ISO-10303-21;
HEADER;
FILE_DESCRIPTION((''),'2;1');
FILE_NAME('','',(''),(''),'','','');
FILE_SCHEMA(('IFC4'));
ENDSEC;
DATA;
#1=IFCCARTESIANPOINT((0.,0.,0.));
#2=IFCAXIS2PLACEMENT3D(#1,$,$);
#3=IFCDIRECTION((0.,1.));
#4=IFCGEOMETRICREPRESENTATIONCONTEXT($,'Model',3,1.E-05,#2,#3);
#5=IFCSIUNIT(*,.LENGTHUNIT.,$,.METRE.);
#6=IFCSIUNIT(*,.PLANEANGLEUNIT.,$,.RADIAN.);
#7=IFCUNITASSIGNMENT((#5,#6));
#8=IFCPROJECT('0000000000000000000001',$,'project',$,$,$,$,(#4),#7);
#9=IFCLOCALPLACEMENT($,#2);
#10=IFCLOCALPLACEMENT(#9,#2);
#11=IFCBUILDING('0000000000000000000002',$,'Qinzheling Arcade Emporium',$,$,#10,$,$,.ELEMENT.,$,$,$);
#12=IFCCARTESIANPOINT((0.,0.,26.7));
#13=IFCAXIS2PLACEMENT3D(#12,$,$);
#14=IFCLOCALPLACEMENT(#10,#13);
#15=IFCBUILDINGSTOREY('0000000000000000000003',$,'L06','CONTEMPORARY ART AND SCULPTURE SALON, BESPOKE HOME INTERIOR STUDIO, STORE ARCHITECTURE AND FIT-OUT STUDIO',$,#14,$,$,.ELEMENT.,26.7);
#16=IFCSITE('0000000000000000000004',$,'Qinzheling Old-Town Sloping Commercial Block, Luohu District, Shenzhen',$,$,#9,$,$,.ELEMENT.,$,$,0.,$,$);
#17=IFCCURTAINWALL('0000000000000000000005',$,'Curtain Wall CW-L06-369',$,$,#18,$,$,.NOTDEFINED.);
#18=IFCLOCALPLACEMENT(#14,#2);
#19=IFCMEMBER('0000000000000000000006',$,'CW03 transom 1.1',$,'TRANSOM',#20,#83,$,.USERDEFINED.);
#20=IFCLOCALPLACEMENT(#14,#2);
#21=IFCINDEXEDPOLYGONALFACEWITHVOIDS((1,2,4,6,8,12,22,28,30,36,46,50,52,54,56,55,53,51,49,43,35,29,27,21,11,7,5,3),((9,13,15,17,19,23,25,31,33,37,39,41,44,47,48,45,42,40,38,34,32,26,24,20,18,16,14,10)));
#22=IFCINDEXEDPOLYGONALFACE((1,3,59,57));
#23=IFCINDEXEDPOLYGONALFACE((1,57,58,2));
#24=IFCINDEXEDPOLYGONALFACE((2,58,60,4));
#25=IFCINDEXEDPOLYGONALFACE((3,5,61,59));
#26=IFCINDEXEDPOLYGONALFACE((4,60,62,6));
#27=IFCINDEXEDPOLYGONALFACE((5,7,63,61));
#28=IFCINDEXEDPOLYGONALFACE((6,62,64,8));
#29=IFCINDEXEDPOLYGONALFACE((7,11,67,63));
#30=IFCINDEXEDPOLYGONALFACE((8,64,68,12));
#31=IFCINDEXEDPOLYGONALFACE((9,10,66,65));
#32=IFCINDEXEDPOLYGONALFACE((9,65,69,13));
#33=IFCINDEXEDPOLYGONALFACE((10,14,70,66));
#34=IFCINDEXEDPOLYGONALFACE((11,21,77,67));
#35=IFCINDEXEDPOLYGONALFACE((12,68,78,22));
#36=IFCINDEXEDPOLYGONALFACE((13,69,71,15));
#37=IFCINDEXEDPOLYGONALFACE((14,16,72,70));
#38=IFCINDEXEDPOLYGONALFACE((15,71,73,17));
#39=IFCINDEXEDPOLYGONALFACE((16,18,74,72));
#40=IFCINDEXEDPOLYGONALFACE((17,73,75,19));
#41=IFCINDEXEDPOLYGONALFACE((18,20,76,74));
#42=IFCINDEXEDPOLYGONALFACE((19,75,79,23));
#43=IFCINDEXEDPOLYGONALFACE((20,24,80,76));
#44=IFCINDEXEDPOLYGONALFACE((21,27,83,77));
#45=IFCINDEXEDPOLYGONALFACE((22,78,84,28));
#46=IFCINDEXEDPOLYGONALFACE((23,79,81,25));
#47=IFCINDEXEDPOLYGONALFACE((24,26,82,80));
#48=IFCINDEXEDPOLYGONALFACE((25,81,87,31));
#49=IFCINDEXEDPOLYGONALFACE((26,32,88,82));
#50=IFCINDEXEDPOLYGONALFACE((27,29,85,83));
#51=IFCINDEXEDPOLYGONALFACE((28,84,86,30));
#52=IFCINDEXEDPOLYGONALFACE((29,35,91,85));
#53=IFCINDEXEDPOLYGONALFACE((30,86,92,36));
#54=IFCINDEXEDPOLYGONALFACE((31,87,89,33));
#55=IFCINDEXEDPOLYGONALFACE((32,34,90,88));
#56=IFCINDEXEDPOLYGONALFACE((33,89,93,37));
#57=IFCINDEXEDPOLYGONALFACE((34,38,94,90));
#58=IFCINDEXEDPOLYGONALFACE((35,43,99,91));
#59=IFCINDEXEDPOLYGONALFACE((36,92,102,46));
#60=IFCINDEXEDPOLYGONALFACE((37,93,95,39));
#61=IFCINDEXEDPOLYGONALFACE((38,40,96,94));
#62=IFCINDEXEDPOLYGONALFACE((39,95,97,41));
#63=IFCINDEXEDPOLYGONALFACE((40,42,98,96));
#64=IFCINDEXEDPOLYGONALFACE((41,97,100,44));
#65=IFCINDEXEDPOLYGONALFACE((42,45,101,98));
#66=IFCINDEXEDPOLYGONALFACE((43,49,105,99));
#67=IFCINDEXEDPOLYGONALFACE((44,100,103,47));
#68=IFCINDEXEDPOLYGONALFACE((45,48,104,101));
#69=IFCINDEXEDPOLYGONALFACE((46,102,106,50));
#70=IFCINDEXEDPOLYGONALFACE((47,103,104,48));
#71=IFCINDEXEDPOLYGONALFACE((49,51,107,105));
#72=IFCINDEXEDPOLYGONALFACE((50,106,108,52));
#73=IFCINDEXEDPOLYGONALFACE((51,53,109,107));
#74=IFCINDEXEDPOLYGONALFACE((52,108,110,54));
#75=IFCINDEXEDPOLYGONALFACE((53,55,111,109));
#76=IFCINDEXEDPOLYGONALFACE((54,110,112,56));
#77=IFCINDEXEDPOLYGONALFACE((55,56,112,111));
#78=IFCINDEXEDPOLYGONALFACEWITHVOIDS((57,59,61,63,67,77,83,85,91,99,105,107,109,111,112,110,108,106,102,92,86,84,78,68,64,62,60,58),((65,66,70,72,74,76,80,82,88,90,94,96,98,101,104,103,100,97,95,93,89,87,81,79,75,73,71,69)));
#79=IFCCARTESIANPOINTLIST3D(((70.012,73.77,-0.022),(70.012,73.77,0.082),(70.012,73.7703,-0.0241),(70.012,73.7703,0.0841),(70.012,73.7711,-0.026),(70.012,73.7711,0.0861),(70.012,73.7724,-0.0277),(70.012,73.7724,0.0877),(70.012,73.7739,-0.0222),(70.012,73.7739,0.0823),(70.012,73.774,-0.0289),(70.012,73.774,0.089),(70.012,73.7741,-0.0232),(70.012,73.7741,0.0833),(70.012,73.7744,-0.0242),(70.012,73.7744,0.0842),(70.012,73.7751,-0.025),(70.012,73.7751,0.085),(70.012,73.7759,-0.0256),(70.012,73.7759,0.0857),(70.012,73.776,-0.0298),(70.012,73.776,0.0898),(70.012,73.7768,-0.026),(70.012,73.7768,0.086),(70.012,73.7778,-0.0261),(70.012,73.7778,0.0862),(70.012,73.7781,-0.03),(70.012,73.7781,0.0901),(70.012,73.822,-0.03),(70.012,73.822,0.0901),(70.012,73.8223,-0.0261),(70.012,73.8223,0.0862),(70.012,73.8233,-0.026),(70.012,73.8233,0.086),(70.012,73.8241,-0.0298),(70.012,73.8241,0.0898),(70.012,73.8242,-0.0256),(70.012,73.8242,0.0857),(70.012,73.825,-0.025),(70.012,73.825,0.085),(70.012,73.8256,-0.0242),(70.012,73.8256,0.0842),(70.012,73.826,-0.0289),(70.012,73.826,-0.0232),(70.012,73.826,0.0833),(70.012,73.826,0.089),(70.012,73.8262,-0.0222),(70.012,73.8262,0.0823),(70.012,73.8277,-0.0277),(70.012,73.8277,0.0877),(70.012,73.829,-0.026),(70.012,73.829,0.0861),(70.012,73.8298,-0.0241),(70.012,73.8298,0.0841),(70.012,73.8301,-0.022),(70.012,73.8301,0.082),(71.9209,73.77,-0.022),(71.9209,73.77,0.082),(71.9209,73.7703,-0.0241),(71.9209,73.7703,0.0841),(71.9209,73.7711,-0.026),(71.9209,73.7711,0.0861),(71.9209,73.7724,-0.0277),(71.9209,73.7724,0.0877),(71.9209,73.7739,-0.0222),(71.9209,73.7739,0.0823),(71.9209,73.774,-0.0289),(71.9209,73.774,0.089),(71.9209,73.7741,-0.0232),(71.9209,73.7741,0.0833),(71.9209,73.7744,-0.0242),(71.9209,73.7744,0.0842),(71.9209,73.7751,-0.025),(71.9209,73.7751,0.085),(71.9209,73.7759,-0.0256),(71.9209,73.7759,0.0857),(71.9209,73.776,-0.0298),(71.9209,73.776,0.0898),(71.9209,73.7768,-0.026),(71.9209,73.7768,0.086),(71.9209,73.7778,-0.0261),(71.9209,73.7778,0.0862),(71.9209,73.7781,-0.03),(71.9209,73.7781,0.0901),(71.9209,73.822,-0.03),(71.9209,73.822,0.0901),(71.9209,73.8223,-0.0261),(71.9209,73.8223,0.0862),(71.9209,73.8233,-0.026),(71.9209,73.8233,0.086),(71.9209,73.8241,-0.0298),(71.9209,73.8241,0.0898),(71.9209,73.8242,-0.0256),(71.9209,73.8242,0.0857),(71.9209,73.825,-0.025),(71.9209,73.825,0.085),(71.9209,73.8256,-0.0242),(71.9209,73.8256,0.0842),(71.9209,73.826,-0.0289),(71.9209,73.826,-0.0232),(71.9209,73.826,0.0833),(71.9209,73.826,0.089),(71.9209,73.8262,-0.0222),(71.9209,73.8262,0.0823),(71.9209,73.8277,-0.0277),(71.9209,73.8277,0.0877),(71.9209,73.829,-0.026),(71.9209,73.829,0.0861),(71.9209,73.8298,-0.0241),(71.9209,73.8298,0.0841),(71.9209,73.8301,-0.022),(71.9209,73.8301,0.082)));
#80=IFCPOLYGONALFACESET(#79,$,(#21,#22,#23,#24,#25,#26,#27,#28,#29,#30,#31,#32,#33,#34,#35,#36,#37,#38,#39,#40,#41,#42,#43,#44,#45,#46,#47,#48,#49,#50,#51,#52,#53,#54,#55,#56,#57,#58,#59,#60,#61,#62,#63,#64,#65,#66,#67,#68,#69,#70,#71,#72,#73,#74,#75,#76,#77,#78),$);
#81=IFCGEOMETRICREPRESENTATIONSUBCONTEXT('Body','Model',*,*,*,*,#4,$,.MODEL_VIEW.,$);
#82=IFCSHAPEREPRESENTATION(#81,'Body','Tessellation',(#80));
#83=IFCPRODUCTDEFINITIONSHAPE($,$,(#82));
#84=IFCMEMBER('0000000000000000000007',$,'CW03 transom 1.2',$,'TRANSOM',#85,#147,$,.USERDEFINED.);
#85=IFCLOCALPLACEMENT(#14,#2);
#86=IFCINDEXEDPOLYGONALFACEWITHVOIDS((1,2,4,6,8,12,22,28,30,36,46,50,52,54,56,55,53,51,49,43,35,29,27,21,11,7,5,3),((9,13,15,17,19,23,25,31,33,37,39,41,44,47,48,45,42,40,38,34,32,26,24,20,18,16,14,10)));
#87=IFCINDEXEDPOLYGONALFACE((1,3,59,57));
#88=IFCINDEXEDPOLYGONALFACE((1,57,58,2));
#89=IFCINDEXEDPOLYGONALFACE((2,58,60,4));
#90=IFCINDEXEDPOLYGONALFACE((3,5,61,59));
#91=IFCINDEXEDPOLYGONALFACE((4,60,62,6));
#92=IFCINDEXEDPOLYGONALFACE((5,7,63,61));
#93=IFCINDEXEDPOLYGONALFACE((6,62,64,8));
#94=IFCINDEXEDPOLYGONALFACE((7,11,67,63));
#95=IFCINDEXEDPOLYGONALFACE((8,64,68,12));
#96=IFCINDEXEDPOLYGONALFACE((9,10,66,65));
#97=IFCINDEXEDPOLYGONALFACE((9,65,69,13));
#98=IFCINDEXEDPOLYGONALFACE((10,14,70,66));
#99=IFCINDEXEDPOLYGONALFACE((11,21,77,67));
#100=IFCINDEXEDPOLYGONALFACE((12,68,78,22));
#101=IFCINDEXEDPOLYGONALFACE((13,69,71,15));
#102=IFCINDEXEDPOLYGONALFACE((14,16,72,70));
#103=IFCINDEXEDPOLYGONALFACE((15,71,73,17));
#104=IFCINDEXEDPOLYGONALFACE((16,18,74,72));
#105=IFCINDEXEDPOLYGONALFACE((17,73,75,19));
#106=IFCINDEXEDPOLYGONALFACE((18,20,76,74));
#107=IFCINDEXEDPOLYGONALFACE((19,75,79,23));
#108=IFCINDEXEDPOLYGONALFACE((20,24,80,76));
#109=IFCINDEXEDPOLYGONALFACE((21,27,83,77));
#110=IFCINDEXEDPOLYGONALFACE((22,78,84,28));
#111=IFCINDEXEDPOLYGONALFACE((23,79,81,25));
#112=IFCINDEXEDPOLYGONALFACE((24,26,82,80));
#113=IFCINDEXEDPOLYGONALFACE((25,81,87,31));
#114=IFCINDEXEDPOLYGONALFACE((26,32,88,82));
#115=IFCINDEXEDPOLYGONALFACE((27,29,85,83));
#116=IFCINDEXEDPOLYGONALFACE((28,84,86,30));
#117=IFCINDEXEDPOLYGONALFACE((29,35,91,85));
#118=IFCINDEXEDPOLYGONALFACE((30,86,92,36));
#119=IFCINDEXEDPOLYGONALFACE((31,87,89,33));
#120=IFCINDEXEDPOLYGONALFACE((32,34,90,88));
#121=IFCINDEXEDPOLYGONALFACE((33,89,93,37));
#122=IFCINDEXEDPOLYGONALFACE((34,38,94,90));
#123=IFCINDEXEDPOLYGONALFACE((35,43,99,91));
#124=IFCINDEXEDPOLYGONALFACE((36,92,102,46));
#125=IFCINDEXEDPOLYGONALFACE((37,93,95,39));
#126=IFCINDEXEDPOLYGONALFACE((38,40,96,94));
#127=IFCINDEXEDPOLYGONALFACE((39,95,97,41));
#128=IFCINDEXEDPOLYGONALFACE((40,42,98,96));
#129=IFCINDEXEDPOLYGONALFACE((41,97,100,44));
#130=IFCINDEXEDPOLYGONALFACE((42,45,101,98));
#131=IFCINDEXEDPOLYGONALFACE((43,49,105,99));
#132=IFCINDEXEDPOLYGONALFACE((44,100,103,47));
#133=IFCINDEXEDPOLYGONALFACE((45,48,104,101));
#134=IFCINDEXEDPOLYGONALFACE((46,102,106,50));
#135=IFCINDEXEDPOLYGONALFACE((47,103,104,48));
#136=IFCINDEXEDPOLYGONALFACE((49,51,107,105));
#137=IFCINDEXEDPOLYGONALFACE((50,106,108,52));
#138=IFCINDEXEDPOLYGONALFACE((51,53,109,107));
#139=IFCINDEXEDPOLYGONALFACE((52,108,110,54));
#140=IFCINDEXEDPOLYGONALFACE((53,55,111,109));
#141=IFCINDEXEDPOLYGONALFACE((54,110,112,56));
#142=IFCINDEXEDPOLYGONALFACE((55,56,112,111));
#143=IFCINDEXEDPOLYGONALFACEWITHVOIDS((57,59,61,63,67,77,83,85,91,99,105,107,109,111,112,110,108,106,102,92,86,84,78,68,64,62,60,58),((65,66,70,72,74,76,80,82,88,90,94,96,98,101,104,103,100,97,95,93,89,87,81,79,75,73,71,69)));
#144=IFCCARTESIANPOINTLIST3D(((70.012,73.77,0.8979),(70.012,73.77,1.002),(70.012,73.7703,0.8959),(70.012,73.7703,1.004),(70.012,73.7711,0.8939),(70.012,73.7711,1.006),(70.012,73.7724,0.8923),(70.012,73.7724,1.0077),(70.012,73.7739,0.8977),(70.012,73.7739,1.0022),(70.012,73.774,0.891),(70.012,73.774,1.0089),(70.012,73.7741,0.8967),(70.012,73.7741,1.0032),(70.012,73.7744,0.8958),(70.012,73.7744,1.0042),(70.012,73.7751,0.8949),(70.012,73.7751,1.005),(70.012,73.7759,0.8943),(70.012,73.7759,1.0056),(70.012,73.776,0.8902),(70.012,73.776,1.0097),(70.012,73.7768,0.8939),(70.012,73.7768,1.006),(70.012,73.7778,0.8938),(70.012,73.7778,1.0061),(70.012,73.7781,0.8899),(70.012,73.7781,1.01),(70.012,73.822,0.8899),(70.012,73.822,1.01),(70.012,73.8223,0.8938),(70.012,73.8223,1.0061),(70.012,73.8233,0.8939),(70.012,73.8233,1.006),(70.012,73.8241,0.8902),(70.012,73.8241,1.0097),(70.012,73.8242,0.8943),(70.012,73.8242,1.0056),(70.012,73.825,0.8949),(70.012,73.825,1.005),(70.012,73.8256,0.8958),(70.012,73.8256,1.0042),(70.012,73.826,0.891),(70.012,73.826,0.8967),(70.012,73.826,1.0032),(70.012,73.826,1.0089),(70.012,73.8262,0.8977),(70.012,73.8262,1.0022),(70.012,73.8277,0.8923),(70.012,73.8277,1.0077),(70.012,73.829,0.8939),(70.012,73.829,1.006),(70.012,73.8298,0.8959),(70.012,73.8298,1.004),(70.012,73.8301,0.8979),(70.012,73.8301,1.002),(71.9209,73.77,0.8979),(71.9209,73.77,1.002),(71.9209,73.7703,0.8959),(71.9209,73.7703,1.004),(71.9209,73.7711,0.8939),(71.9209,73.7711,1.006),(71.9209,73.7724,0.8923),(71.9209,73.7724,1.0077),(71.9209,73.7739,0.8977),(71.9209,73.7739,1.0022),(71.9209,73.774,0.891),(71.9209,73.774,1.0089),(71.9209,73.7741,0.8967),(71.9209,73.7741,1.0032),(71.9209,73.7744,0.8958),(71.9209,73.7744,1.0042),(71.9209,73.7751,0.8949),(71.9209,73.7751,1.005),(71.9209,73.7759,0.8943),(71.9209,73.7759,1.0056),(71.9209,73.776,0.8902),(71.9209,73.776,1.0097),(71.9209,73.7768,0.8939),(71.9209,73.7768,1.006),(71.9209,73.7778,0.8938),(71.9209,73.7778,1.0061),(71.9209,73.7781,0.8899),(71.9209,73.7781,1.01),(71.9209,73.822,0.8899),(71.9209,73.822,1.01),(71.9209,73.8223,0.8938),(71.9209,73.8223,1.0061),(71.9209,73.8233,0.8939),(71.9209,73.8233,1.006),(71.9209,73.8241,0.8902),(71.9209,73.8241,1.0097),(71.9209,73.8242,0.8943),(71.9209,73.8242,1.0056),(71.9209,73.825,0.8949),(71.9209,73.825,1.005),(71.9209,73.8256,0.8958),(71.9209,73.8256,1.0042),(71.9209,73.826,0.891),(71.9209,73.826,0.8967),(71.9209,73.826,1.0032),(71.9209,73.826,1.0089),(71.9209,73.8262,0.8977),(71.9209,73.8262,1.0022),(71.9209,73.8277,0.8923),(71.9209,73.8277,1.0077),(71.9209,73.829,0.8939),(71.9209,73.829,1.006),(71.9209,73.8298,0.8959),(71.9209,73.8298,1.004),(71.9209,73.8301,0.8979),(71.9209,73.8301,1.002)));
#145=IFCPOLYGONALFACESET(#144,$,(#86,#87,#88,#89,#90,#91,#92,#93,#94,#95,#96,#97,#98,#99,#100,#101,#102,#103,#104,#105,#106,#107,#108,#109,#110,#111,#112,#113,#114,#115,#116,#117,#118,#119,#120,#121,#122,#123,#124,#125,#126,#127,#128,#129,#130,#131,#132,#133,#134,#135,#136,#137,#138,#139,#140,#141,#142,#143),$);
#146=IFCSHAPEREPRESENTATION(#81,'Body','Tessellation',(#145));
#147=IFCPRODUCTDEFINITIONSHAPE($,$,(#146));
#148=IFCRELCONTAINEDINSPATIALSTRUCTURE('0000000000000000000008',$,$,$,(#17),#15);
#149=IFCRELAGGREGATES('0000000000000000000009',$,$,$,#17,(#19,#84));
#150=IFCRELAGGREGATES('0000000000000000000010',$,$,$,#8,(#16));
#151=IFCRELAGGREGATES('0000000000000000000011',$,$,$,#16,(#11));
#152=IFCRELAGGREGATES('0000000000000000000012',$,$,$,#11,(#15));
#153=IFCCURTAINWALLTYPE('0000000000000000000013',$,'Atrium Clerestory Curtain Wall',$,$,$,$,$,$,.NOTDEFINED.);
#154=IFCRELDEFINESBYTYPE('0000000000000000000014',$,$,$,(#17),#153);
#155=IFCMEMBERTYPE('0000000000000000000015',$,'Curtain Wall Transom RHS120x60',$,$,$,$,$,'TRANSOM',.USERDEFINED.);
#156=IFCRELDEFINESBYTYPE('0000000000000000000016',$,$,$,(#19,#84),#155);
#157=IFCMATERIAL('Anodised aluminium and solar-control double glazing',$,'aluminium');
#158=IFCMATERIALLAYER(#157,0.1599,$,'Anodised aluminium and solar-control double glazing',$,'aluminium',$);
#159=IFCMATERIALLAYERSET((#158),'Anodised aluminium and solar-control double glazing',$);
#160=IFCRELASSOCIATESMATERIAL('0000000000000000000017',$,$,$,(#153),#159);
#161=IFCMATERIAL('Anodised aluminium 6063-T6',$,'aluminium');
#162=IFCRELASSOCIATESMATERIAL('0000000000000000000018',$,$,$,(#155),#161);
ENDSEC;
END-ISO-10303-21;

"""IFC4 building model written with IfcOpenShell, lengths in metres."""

from ifc_helpers import new_model, si_unit, direction, frame, origin, origin_2d, place, context, subcontext, project, spatial, hollow_rectangle, extrude, material, layer, layer_set, material_profile, profile_set, type_object, element, aggregate, save


model = new_model("IFC4")

# Units and contexts
model_context = context("Model", 3, precision=1e-05, world=origin(), true_north=direction((0.0, 1.0)))
body_context = subcontext(model_context, "Body", "Model", "MODEL_VIEW")
ifc_project = project(units=[si_unit("LENGTHUNIT", "METRE"), si_unit("PLANEANGLEUNIT", "RADIAN")], contexts=[model_context])

# Site, building, storey
site_placement = place(None, origin())
site = spatial("IfcSite", under=ifc_project, at=site_placement, Name="Qinzheling Old-Town Sloping Commercial Block, Luohu District, Shenzhen", CompositionType="ELEMENT", RefElevation=0.0)
building_placement = place(site_placement, origin())
building = spatial("IfcBuilding", under=site, at=building_placement, Name="Qinzheling Arcade Emporium", CompositionType="ELEMENT")
storey_placement = place(building_placement, frame((0.0, 0.0, 26.7)))
storey = spatial("IfcBuildingStorey", under=building, at=storey_placement, Name="L06", Description="CONTEMPORARY ART AND SCULPTURE SALON, BESPOKE HOME INTERIOR STUDIO, STORE ARCHITECTURE AND FIT-OUT STUDIO", CompositionType="ELEMENT", Elevation=26.7)

# Curtain wall, members
ifc_material_1 = material(Name="Anodised aluminium and solar-control double glazing", Category="aluminium")
ifc_layer_1 = layer(ifc_material_1, 0.1599, Name="Anodised aluminium and solar-control double glazing", Category="aluminium")
ifc_layer_set_1 = layer_set([ifc_layer_1], Name="Anodised aluminium and solar-control double glazing")
curtain_wall_type = type_object("IfcCurtainWallType", Name="Atrium Clerestory Curtain Wall", PredefinedType="NOTDEFINED", material=ifc_layer_set_1)
curtain_wall_placement = place(storey_placement, origin())
curtain_wall = element("IfcCurtainWall", 1, at=curtain_wall_placement, inside=storey, type_object=curtain_wall_type, Name="Curtain Wall CW-L06-369", PredefinedType="NOTDEFINED")
ifc_material_2 = material(Name="Anodised aluminium 6063-T6", Category="aluminium")
ifc_material_profile_1 = material_profile(ifc_material_2, hollow_rectangle(XDim=0.0601, YDim=0.1201, WallThickness=0.0039, InnerFilletRadius=0.0039, OuterFilletRadius=0.0081, at=origin_2d()), Name="RHS 120x60x4", Category="aluminium")
ifc_profile_set_1 = profile_set([ifc_material_profile_1], Name="Anodised aluminium 6063-T6")
member_type_1 = type_object("IfcMemberType", Name="Curtain Wall Transom RHS120x60", ElementType="TRANSOM", PredefinedType="USERDEFINED", material=ifc_profile_set_1)
member_1_placement = place(storey_placement, frame((70.012, 73.8, 0.03), z_axis=(1.0, 0.0, 0.0), x_axis=(0.0, 1.0, 0.0)))
member_1 = element("IfcMember", 2, at=member_1_placement, type_object=member_type_1, Name="CW03 transom 1.1", ObjectType="TRANSOM", PredefinedType="USERDEFINED", context=body_context, shape_type="SweptSolid", body=[
    extrude(hollow_rectangle(XDim=0.0601, YDim=0.1201, WallThickness=0.0039, InnerFilletRadius=0.0039, OuterFilletRadius=0.0081, at=origin_2d()), origin(), (0.0, 0.0, 1.0), 1.9089),
])
member_2_placement = place(storey_placement, frame((70.012, 73.8, 0.95), z_axis=(1.0, 0.0, 0.0), x_axis=(0.0, 1.0, 0.0)))
member_2 = element("IfcMember", 3, at=member_2_placement, type_object=member_type_1, Name="CW03 transom 1.2", ObjectType="TRANSOM", PredefinedType="USERDEFINED", context=body_context, shape_type="SweptSolid", body=[
    extrude(hollow_rectangle(XDim=0.0601, YDim=0.1201, WallThickness=0.0039, InnerFilletRadius=0.0039, OuterFilletRadius=0.0081, at=origin_2d()), origin(), (0.0, 0.0, 1.0), 1.9089),
])

aggregate(curtain_wall, [member_1, member_2])

save(model, "model.ifc")
